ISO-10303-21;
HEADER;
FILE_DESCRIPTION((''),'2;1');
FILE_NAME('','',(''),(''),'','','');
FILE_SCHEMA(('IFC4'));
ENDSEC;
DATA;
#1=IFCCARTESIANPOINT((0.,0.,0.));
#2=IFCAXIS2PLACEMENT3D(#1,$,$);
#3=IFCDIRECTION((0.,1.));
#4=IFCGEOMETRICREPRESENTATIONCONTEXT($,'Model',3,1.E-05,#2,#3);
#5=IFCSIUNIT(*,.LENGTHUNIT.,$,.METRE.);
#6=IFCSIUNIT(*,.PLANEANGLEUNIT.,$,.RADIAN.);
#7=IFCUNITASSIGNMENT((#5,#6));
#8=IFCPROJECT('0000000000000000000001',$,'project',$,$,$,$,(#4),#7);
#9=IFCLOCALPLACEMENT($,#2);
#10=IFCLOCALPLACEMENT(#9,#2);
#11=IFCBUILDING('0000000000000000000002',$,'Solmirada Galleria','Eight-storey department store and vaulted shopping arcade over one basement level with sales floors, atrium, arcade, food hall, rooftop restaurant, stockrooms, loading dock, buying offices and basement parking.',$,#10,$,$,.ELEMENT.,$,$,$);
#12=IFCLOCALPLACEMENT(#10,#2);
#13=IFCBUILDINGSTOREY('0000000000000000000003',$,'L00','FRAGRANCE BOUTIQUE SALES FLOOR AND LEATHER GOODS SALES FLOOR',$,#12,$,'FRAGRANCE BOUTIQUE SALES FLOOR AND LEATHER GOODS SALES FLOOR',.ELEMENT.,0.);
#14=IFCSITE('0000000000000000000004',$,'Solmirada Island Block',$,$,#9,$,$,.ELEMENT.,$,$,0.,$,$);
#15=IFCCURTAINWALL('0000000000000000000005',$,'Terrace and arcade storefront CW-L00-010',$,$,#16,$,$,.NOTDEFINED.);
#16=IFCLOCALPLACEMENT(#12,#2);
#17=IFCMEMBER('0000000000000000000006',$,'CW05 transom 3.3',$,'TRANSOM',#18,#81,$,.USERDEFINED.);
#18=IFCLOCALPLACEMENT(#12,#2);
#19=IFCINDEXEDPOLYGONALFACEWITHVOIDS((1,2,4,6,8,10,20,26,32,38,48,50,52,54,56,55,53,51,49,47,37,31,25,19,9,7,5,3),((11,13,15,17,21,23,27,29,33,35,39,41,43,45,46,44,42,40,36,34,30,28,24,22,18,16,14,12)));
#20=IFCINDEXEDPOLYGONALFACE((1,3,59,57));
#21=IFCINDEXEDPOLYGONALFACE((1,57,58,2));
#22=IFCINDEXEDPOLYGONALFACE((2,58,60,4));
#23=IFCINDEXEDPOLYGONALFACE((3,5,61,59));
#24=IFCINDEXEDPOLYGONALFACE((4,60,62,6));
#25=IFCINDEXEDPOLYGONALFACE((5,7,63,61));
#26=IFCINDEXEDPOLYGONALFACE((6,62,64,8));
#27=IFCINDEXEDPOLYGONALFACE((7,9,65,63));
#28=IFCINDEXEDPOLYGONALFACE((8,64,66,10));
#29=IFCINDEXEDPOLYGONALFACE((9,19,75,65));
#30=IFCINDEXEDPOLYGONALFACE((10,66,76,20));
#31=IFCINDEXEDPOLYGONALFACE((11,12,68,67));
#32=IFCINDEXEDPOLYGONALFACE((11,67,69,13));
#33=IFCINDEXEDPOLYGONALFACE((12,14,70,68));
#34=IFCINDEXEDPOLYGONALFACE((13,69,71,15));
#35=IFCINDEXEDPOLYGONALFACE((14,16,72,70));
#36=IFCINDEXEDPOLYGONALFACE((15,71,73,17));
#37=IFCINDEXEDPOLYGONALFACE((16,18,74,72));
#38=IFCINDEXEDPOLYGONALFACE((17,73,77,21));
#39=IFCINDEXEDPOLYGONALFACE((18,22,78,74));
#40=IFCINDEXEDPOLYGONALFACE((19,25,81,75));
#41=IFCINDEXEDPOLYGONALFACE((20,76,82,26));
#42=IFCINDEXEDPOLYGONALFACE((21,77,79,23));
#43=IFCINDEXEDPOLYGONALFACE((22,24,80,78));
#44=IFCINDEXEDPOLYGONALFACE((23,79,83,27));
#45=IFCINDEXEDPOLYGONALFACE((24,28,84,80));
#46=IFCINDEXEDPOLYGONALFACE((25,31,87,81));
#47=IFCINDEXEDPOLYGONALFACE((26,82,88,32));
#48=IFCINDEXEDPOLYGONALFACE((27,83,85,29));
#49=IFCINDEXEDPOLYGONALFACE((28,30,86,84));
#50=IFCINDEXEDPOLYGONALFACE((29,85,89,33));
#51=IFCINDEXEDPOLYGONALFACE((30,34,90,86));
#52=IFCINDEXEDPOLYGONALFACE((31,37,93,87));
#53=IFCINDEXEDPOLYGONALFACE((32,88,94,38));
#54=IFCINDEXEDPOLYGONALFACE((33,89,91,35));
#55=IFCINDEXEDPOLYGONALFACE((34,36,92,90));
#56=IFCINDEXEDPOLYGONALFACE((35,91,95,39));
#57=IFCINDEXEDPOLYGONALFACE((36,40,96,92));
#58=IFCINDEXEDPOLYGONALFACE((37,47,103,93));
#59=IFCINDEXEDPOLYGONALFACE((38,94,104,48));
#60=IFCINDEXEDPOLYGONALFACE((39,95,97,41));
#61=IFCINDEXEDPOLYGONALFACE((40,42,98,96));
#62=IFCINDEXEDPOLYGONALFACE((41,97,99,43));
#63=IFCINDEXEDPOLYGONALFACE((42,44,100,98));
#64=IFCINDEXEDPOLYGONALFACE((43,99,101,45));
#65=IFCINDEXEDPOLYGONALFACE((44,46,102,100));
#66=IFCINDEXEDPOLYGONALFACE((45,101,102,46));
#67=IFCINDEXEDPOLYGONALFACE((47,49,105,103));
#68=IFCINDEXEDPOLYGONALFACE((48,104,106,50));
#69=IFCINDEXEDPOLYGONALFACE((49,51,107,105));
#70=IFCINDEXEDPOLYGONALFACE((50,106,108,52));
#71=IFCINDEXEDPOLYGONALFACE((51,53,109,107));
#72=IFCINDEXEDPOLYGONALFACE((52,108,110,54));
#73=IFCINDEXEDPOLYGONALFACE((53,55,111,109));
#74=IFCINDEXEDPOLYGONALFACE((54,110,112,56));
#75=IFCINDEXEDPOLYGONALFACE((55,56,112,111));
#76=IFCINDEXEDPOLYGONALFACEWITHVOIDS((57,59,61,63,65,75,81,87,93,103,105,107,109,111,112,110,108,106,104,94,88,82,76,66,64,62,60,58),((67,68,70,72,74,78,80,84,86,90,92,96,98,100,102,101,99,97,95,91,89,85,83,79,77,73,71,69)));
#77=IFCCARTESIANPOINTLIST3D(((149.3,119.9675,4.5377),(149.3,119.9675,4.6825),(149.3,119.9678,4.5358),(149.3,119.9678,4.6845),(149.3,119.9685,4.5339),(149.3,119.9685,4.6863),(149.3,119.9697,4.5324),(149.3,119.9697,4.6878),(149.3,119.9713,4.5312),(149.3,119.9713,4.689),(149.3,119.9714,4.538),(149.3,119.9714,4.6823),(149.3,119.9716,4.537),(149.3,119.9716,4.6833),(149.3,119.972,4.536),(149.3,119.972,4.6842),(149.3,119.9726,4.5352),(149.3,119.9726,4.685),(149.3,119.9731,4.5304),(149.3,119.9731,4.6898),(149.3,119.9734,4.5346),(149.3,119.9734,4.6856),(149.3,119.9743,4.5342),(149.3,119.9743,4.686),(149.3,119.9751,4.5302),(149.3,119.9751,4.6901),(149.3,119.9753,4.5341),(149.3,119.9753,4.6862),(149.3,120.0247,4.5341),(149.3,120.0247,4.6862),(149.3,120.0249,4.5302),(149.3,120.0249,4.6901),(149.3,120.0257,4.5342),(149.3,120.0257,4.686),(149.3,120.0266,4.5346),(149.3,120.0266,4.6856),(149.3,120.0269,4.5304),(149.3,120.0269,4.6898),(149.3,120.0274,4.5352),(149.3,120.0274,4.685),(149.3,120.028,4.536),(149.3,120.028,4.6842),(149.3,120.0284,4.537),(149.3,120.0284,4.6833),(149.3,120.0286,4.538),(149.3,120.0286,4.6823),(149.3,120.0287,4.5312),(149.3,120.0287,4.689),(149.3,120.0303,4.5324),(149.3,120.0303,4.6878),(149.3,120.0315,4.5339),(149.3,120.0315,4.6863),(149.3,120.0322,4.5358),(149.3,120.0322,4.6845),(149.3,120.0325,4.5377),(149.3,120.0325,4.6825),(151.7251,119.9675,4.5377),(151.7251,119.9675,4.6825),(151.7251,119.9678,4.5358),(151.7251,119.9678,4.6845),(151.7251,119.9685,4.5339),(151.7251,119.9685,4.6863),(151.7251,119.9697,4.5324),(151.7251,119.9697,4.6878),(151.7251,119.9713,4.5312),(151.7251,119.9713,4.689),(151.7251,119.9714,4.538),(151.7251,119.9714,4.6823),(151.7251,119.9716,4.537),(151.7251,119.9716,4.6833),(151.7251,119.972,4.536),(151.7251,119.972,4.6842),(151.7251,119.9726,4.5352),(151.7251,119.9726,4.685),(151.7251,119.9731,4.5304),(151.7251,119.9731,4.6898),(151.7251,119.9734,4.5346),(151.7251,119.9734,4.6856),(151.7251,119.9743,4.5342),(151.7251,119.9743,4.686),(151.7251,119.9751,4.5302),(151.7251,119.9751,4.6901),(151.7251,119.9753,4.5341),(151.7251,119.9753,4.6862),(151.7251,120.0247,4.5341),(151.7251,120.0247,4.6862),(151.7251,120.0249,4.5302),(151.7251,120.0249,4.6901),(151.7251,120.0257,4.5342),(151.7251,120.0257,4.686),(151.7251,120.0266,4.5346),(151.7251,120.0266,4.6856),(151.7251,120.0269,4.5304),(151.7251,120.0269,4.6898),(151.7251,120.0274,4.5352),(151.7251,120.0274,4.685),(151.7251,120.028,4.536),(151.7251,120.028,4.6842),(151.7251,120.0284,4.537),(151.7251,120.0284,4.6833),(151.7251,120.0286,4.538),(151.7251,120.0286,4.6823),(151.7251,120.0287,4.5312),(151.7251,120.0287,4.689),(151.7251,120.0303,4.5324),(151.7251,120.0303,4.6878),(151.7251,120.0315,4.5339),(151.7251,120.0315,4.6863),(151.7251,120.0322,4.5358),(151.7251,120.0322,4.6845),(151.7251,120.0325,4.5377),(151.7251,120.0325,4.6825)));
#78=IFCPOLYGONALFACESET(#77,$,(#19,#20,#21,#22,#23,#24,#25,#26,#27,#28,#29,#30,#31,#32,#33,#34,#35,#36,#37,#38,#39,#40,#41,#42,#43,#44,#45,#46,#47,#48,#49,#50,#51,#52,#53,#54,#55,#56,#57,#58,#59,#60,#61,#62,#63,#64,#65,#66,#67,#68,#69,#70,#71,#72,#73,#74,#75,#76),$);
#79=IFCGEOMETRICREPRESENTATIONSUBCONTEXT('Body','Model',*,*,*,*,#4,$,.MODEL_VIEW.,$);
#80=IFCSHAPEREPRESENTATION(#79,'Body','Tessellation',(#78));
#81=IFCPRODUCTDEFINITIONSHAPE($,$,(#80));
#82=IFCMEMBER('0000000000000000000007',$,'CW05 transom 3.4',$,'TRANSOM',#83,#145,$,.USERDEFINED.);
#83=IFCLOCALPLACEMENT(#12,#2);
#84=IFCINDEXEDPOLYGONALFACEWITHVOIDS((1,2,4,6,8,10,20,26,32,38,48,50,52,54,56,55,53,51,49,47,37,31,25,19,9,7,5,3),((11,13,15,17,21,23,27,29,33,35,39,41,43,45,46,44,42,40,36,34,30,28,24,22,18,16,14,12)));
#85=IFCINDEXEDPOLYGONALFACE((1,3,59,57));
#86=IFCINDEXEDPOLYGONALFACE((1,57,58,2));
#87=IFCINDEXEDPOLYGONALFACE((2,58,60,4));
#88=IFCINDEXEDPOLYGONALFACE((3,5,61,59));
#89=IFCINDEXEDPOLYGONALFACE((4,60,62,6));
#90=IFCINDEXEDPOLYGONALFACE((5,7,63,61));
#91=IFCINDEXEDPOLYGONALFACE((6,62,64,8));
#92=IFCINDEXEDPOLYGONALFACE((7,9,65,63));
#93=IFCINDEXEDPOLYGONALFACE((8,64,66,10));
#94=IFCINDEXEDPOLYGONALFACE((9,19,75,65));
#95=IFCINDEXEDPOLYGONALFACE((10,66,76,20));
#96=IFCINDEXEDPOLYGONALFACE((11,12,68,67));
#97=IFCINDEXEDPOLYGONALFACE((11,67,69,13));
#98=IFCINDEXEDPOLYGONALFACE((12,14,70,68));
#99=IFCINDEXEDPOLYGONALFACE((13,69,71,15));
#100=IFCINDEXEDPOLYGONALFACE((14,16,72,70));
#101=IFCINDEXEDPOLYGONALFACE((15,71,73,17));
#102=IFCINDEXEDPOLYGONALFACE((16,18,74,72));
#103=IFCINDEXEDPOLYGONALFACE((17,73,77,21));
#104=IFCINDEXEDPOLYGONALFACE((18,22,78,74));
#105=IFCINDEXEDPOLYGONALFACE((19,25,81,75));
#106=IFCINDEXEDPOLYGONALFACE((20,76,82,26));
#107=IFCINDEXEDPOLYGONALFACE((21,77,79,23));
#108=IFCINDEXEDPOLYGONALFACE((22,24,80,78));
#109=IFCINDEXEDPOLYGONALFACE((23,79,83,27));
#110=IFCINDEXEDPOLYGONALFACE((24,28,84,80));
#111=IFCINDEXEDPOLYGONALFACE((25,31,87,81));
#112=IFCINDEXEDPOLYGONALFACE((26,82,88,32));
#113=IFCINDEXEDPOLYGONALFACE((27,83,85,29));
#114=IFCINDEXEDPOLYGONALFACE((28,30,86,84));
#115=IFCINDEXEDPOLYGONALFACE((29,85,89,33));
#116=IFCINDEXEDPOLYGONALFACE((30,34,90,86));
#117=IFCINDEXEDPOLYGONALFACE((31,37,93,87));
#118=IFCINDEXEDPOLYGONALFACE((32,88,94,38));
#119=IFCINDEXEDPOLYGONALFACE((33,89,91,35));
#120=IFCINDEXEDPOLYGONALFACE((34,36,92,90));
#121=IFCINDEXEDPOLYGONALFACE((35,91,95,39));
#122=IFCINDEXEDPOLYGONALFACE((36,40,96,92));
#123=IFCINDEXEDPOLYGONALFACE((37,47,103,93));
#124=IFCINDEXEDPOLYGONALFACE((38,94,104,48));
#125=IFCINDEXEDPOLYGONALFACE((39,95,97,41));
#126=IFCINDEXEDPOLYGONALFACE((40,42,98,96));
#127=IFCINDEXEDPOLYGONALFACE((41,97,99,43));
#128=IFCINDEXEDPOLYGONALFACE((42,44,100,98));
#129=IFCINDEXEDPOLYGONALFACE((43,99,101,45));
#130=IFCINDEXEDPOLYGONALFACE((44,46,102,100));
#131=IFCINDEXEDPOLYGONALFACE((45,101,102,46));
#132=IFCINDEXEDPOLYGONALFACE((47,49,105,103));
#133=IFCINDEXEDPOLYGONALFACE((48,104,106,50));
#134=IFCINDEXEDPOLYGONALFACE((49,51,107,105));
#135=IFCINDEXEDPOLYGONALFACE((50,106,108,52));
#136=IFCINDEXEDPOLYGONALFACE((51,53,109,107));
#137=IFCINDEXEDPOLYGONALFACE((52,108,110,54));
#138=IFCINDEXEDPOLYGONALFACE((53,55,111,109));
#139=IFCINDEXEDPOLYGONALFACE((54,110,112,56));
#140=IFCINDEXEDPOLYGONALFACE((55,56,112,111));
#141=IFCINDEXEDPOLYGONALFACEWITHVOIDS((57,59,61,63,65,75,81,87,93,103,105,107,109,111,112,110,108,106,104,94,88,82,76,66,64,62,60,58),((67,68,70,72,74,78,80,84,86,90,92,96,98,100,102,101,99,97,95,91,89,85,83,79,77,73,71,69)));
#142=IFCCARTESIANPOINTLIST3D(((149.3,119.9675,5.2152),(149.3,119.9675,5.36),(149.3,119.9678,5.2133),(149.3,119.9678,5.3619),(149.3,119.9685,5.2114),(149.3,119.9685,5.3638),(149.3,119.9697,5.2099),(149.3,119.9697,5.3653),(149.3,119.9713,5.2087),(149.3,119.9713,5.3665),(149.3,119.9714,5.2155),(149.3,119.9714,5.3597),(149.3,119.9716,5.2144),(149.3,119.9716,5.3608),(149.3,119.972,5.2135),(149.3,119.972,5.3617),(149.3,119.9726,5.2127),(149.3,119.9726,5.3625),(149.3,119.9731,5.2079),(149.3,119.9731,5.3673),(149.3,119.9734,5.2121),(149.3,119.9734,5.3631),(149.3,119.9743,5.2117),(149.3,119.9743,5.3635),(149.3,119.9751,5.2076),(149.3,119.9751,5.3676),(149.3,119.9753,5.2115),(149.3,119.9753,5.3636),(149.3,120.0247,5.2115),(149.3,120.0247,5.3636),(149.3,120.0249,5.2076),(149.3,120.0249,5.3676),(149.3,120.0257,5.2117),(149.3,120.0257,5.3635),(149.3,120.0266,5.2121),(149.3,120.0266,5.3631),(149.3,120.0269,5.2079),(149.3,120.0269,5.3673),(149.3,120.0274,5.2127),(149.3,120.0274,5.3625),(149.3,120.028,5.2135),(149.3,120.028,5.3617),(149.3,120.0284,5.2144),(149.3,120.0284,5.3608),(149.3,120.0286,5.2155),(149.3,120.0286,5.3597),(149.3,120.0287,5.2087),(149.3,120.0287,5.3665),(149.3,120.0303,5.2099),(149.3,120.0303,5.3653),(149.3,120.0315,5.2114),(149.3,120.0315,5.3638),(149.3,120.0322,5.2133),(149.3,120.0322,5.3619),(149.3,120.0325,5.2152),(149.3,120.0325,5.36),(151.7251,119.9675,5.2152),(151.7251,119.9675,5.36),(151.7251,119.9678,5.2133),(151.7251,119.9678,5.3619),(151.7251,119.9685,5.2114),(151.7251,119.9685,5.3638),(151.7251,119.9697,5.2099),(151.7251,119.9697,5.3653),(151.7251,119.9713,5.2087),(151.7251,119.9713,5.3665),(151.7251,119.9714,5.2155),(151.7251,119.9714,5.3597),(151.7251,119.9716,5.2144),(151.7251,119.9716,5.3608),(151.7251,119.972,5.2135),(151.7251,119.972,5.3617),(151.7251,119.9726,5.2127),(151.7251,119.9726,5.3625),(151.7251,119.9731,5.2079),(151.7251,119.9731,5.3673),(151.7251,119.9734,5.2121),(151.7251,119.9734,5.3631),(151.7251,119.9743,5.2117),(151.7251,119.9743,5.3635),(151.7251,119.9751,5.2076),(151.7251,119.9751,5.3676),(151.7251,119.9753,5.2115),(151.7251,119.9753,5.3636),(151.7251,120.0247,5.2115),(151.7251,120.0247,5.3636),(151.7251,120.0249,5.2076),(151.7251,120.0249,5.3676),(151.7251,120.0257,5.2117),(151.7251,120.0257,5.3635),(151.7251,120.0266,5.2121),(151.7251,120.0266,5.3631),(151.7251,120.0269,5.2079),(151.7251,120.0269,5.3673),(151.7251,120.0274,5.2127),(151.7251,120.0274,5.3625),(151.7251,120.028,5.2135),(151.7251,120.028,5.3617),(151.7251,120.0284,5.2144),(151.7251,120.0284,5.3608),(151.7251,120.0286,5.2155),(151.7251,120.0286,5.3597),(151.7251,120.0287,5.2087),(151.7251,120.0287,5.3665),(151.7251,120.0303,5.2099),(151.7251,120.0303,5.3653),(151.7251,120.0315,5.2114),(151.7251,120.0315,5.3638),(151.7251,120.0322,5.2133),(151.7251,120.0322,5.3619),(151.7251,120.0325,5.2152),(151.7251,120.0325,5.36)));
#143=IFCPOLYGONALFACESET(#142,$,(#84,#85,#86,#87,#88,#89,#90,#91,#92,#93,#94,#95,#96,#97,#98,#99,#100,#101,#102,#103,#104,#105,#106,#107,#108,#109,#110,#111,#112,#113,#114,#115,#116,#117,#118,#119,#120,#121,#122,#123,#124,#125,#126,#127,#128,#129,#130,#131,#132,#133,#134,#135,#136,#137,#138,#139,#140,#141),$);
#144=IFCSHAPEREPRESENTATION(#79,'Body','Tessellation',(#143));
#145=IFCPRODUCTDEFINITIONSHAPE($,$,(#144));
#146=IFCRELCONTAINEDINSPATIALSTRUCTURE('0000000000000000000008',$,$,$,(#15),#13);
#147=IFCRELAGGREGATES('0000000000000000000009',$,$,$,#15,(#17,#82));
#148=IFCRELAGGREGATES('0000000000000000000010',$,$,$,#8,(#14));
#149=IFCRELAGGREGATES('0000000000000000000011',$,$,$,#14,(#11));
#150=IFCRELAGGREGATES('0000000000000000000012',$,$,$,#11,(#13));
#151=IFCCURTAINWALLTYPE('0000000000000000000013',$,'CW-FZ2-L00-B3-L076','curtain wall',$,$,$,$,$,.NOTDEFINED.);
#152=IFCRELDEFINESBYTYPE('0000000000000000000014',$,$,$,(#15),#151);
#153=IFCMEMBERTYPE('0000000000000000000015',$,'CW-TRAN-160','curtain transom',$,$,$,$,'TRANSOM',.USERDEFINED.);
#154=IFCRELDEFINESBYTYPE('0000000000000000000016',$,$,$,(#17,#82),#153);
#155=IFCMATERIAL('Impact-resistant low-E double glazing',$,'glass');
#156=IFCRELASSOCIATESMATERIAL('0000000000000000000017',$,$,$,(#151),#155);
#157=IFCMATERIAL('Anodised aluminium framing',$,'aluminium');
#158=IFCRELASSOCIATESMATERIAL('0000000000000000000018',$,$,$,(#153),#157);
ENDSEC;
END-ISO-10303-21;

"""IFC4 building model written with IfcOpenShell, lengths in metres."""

from ifc_helpers import new_model, si_unit, direction, frame, origin, origin_2d, place, context, subcontext, project, spatial, hollow_rectangle, extrude, material, material_profile, profile_set, type_object, element, aggregate, save


model = new_model("IFC4")

# Units and contexts
model_context = context("Model", 3, precision=1e-05, world=origin(), true_north=direction((0.0, 1.0)))
body_context = subcontext(model_context, "Body", "Model", "MODEL_VIEW")
ifc_project = project(units=[si_unit("LENGTHUNIT", "METRE"), si_unit("PLANEANGLEUNIT", "RADIAN")], contexts=[model_context])

# Site, building, storey
site_placement = place(None, origin())
site = spatial("IfcSite", under=ifc_project, at=site_placement, Name="Solmirada Island Block", CompositionType="ELEMENT", RefElevation=0.0)
building_placement = place(site_placement, origin())
building = spatial("IfcBuilding", under=site, at=building_placement, Name="Solmirada Galleria", Description="Eight-storey department store and vaulted shopping arcade over one basement level with sales floors, atrium, arcade, food hall, rooftop restaurant, stockrooms, loading dock, buying offices and basement parking.", CompositionType="ELEMENT")
storey_placement = place(building_placement, origin())
storey = spatial("IfcBuildingStorey", under=building, at=storey_placement, Name="L00", Description="FRAGRANCE BOUTIQUE SALES FLOOR AND LEATHER GOODS SALES FLOOR", LongName="FRAGRANCE BOUTIQUE SALES FLOOR AND LEATHER GOODS SALES FLOOR", CompositionType="ELEMENT", Elevation=0.0)

# Curtain wall
ifc_material_1 = material(Name="Impact-resistant low-E double glazing", Category="glass")
curtain_wall_type = type_object("IfcCurtainWallType", Name="CW-FZ2-L00-B3-L076", Description="curtain wall", PredefinedType="NOTDEFINED", material=ifc_material_1)
curtain_wall_1_placement = place(storey_placement, origin())
curtain_wall_1 = element("IfcCurtainWall", 1, at=curtain_wall_1_placement, inside=storey, type_object=curtain_wall_type, Name="Terrace and arcade storefront CW-L00-010", PredefinedType="NOTDEFINED")
ifc_material_2 = material(Name="Anodised aluminium framing", Category="aluminium")

# Members
ifc_material_profile_1 = material_profile(ifc_material_2, hollow_rectangle(XDim=0.0649, YDim=0.1599, WallThickness=0.0039, InnerFilletRadius=0.0039, OuterFilletRadius=0.0076, at=origin_2d()), Name="ALU-TRAN-160X65")
ifc_profile_set_1 = profile_set([ifc_material_profile_1], Name="Anodised aluminium framing")
member_type_1 = type_object("IfcMemberType", Name="CW-TRAN-160", Description="curtain transom", ElementType="TRANSOM", PredefinedType="USERDEFINED", material=ifc_profile_set_1)
member_1_placement = place(storey_placement, frame((149.3, 120.0, 4.6101), z_axis=(1.0, 0.0, 0.0), x_axis=(0.0, 1.0, 0.0)))
member_1 = element("IfcMember", 2, at=member_1_placement, type_object=member_type_1, Name="CW05 transom 3.3", ObjectType="TRANSOM", PredefinedType="USERDEFINED", context=body_context, shape_type="SweptSolid", body=[
    extrude(hollow_rectangle(XDim=0.0649, YDim=0.1599, WallThickness=0.0039, InnerFilletRadius=0.0039, OuterFilletRadius=0.0076, at=origin_2d()), origin(), (0.0, 0.0, 1.0), 2.425),
])
member_2_placement = place(storey_placement, frame((149.3, 120.0, 5.2876), z_axis=(1.0, 0.0, 0.0), x_axis=(0.0, 1.0, 0.0)))
member_2 = element("IfcMember", 3, at=member_2_placement, type_object=member_type_1, Name="CW05 transom 3.4", ObjectType="TRANSOM", PredefinedType="USERDEFINED", context=body_context, shape_type="SweptSolid", body=[
    extrude(hollow_rectangle(XDim=0.0649, YDim=0.1599, WallThickness=0.0039, InnerFilletRadius=0.0039, OuterFilletRadius=0.0076, at=origin_2d()), origin(), (0.0, 0.0, 1.0), 2.425),
])

aggregate(curtain_wall_1, [member_1, member_2])

save(model, "model.ifc")
